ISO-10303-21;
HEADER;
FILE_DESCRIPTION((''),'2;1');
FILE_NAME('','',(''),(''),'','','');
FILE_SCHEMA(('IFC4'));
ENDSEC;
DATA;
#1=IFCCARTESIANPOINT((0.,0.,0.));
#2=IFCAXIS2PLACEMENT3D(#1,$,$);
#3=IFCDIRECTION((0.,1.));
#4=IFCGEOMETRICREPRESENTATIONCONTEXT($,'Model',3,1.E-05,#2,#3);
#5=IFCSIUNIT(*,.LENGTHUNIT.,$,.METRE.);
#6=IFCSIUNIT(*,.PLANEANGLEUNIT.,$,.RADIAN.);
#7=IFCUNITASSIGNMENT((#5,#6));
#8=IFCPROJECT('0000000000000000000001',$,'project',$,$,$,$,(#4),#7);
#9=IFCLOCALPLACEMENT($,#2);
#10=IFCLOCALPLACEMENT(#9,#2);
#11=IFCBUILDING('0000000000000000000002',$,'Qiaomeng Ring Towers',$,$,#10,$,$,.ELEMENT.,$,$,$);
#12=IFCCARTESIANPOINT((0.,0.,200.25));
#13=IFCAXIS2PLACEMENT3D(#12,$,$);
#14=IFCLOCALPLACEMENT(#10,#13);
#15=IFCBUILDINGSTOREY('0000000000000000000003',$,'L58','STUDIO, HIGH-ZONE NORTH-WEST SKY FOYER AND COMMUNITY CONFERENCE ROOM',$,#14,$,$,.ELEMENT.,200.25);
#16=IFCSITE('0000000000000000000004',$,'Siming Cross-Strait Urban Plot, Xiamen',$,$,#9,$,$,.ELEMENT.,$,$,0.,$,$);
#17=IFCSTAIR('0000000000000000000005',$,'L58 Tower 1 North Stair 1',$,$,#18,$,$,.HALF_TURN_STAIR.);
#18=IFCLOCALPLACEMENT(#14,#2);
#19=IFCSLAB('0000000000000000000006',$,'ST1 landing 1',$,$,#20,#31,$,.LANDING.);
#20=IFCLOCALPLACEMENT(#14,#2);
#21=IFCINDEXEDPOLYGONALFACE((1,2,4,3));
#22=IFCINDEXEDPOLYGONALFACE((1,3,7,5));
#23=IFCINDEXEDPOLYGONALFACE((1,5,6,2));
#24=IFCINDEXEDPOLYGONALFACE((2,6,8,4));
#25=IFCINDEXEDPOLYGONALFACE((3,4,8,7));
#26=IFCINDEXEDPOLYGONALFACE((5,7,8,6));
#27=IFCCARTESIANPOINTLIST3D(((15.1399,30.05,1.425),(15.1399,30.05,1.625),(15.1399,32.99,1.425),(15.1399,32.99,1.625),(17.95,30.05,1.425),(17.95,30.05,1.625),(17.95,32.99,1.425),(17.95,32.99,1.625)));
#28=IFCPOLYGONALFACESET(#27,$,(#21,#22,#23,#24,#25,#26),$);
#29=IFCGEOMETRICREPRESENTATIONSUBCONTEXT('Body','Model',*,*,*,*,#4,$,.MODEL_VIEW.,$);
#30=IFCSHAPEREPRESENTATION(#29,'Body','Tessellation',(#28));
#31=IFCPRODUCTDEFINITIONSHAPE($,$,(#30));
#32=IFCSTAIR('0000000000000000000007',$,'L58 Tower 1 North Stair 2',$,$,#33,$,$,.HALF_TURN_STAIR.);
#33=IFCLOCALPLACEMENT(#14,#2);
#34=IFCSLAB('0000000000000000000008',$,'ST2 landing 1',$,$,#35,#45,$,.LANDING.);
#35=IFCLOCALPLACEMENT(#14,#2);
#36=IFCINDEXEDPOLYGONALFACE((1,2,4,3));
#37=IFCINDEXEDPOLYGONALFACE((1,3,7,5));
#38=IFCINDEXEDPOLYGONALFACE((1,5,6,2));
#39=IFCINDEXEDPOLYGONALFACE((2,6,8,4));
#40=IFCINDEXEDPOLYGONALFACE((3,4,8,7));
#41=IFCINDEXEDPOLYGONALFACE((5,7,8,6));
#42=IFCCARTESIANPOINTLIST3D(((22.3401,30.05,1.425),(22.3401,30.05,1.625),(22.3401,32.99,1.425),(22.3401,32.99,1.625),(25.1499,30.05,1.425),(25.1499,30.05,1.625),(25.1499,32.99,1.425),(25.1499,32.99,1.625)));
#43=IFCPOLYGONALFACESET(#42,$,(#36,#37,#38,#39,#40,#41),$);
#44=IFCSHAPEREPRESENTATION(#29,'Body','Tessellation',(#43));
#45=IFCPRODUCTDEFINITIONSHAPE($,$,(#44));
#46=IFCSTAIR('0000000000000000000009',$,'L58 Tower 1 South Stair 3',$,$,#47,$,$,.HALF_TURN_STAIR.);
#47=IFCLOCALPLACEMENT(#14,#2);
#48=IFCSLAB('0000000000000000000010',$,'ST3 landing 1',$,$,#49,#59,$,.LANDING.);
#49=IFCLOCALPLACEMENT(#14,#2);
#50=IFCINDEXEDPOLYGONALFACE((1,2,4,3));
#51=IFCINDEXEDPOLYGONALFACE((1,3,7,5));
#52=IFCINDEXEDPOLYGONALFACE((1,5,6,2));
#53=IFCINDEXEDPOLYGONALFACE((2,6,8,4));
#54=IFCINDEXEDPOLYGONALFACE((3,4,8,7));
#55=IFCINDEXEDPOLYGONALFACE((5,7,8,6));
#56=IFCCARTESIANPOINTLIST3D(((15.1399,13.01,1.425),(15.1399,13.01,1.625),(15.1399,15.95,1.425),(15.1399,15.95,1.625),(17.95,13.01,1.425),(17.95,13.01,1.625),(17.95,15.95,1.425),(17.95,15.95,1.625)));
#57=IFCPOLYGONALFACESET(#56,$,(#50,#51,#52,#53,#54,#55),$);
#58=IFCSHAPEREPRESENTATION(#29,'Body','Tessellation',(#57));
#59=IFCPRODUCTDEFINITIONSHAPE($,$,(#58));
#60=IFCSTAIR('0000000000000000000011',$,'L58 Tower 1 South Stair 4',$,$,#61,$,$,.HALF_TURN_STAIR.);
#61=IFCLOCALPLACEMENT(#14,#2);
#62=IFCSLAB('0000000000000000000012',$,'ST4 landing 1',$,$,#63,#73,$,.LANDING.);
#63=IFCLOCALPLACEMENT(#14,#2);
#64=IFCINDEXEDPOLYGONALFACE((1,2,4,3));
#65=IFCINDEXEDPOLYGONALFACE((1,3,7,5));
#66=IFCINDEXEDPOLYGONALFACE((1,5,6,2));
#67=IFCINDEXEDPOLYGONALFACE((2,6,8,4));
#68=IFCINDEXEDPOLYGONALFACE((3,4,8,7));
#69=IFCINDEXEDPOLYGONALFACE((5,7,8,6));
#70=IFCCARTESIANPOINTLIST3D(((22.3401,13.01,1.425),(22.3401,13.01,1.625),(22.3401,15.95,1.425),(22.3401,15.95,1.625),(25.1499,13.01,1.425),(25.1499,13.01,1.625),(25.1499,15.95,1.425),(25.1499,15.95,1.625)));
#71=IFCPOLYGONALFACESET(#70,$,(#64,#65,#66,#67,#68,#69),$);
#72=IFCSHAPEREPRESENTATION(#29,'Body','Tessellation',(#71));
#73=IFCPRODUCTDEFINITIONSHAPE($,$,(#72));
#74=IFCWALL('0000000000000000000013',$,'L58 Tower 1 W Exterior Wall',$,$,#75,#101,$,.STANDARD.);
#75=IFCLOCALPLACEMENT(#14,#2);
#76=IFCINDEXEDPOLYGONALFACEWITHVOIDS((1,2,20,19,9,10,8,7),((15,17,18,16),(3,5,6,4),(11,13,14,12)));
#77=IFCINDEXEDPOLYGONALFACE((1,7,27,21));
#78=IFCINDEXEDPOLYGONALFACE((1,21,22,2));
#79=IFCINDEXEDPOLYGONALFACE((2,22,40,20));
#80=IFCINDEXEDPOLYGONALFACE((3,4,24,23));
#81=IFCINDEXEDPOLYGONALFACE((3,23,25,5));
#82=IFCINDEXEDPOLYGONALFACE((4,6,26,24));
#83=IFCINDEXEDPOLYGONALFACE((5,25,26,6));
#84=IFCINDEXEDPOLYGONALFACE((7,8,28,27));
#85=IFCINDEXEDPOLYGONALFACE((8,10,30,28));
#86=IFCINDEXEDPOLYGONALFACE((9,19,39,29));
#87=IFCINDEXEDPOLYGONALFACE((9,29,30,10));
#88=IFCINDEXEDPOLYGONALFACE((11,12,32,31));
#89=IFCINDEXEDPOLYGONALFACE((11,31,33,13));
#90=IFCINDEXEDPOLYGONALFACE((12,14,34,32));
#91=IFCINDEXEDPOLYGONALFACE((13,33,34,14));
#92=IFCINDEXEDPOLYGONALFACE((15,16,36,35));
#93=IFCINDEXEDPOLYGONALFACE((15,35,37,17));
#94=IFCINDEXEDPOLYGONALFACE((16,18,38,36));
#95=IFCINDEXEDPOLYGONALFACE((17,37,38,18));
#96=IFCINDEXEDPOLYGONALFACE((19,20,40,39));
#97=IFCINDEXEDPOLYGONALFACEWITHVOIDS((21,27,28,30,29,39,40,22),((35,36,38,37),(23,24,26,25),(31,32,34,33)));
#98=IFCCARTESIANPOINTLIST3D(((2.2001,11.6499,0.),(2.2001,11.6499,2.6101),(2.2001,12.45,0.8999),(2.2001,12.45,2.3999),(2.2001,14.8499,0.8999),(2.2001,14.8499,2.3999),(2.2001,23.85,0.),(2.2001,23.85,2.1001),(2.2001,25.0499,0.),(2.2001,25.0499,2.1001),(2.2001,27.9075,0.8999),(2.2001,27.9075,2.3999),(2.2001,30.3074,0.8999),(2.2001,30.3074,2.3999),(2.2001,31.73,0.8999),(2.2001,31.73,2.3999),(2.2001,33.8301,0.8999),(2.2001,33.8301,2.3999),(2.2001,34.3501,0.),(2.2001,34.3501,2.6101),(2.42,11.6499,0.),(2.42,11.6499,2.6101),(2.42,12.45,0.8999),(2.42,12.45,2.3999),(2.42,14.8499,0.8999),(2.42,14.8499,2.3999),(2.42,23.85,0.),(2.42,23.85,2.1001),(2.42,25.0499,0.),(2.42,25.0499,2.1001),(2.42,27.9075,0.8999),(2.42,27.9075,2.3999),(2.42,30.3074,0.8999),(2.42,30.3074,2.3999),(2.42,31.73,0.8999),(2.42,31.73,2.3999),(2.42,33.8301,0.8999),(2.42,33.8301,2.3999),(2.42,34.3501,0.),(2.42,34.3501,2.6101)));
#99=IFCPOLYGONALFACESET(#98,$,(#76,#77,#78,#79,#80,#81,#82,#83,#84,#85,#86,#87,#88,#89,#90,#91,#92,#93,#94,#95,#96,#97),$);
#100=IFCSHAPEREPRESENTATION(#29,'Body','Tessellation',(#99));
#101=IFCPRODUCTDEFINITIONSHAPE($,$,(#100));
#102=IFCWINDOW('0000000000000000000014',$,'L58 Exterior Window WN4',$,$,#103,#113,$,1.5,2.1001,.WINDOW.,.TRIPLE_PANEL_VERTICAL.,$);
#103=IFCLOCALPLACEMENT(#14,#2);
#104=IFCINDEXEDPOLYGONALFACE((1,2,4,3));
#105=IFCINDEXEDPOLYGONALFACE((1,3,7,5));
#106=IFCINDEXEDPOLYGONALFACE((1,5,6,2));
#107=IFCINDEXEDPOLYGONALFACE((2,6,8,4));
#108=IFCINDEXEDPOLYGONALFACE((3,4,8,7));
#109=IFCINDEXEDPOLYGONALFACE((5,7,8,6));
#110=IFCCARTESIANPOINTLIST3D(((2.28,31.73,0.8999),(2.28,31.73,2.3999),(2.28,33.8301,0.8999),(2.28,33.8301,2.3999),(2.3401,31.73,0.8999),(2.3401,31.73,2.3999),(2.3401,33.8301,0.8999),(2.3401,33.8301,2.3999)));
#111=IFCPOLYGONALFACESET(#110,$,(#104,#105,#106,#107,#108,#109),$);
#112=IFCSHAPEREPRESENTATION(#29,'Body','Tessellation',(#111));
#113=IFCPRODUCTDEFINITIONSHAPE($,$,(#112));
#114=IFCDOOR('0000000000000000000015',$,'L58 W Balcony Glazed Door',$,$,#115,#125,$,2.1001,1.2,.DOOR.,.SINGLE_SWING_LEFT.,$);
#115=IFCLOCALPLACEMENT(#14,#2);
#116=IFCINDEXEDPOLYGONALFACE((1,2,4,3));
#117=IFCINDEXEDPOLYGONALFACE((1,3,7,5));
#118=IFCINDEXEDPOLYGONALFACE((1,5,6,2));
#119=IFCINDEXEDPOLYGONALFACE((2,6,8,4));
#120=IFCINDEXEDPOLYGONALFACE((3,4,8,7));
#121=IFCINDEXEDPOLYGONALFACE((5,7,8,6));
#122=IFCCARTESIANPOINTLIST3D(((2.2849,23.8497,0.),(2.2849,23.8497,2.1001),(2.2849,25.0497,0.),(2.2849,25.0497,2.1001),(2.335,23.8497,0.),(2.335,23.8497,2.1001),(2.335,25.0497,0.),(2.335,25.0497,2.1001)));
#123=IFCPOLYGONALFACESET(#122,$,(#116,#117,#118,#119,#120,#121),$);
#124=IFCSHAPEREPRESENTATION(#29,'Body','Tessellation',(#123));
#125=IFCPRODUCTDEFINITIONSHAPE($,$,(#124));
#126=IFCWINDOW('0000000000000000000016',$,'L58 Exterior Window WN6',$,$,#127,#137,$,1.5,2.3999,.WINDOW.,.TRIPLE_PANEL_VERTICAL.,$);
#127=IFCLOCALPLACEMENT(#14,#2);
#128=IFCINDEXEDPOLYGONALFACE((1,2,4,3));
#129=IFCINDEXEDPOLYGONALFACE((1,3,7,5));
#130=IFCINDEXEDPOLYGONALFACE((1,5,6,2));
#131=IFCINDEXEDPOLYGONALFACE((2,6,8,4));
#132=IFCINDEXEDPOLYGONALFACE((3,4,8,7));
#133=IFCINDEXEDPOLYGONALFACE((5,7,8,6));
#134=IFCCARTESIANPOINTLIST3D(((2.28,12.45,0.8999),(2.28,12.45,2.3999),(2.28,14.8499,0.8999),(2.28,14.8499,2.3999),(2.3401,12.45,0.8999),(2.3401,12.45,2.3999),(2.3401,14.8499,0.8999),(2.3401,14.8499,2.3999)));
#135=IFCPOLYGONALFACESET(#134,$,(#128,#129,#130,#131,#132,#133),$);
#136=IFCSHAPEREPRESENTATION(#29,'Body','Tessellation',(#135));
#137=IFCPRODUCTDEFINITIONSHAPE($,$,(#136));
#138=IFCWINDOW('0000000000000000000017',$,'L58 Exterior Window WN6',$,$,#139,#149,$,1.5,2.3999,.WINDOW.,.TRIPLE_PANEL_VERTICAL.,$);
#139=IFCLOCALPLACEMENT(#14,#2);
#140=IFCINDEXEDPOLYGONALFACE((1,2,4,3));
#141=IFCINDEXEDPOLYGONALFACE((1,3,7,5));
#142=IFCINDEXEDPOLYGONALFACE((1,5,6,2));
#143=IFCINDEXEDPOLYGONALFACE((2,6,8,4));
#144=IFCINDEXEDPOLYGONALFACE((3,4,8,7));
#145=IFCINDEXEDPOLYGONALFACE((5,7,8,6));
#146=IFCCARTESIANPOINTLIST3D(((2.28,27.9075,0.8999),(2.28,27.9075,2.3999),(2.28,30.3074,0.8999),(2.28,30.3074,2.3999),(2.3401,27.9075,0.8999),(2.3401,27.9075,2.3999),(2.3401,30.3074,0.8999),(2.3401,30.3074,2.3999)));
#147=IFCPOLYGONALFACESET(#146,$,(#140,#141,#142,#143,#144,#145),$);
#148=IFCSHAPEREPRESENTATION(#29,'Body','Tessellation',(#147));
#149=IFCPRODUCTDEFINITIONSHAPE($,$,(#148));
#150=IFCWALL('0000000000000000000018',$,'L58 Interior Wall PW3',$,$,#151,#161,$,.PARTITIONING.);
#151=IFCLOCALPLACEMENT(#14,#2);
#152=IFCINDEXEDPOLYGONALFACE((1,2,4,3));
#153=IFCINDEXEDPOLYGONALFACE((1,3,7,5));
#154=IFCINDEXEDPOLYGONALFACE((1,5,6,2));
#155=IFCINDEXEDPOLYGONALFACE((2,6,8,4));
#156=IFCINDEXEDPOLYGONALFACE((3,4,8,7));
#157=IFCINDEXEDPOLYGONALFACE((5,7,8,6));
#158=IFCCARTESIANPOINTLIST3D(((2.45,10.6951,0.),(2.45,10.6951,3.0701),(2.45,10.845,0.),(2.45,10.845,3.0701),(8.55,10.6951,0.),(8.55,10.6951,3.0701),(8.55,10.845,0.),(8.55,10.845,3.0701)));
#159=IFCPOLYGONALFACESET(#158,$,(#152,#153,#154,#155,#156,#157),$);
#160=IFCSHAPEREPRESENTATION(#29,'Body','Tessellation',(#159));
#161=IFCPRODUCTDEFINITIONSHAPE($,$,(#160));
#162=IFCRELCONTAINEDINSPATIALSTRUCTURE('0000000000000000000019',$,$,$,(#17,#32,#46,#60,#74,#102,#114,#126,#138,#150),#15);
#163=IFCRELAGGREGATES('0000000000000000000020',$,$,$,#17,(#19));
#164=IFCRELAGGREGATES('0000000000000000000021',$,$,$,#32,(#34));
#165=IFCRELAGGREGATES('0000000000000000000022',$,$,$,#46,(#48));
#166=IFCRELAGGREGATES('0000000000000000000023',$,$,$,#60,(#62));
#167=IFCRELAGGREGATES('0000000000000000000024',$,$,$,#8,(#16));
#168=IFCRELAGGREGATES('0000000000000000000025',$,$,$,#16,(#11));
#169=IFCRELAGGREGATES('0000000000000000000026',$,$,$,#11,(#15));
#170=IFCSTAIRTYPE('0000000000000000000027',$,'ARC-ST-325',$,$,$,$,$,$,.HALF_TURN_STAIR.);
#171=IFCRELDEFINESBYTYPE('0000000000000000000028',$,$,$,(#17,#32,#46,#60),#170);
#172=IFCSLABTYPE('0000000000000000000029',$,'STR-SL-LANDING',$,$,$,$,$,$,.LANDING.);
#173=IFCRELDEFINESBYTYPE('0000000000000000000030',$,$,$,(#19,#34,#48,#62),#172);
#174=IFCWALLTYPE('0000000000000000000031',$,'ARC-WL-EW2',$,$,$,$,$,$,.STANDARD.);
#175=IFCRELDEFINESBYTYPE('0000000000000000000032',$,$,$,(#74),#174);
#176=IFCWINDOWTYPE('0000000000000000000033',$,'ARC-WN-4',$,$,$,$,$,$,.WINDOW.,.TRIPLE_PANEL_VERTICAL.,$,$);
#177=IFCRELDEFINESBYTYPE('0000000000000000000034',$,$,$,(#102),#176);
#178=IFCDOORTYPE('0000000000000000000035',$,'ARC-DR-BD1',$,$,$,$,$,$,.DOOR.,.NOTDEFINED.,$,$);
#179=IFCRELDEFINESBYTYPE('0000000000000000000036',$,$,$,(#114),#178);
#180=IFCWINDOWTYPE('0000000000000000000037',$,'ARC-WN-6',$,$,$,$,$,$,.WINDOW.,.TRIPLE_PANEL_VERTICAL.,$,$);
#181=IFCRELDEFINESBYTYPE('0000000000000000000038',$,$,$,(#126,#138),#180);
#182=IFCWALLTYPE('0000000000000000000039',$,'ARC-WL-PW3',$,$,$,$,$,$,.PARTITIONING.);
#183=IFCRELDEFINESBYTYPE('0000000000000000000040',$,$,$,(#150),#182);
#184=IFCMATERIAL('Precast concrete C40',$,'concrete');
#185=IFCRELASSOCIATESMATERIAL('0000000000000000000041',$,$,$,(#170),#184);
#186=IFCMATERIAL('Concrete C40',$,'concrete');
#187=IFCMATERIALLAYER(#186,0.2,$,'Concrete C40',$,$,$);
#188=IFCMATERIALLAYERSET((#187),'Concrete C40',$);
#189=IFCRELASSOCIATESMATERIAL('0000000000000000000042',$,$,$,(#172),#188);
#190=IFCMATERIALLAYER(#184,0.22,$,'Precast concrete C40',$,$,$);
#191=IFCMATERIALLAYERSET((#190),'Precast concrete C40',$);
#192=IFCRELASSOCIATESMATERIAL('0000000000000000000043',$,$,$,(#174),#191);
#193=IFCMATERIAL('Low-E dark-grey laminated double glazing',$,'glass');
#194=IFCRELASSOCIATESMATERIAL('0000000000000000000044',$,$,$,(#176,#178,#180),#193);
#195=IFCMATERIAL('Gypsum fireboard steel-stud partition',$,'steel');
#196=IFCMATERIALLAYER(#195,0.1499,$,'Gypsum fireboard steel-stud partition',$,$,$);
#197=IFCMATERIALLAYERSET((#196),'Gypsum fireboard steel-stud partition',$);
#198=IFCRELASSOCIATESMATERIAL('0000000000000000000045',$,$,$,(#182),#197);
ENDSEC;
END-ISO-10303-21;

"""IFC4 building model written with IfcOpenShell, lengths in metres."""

from ifc_helpers import new_model, si_unit, direction, frame, frame_2d, origin, place, context, subcontext, project, spatial, polyline, rectangle, outline, extrude, source, transform, mapped, material, layer, layer_set, type_object, element, fill, aggregate, save


model = new_model("IFC4")

# Units and contexts
model_context = context("Model", 3, precision=1e-05, world=origin(), true_north=direction((0.0, 1.0)))
body_context = subcontext(model_context, "Body", "Model", "MODEL_VIEW")
ifc_project = project(units=[si_unit("LENGTHUNIT", "METRE"), si_unit("PLANEANGLEUNIT", "RADIAN")], contexts=[model_context])

# Site, building, storey
site_placement = place(None, origin())
site = spatial("IfcSite", under=ifc_project, at=site_placement, Name="Siming Cross-Strait Urban Plot, Xiamen", CompositionType="ELEMENT", RefElevation=0.0)
building_placement = place(site_placement, origin())
building = spatial("IfcBuilding", under=site, at=building_placement, Name="Qiaomeng Ring Towers", CompositionType="ELEMENT")
storey_placement = place(building_placement, frame((0.0, 0.0, 200.25)))
storey = spatial("IfcBuildingStorey", under=building, at=storey_placement, Name="L58", Description="STUDIO, HIGH-ZONE NORTH-WEST SKY FOYER AND COMMUNITY CONFERENCE ROOM", CompositionType="ELEMENT", Elevation=200.25)

# Shared definitions
ifc_material_1 = material(Name="Concrete C40", Category="concrete")

# Stairs, slabs
ifc_material_2 = material(Name="Precast concrete C40", Category="concrete")
stair_type = type_object("IfcStairType", Name="ARC-ST-325", PredefinedType="HALF_TURN_STAIR", material=ifc_material_2)
stair_1_placement = place(storey_placement, origin())
stair_1 = element("IfcStair", 1, at=stair_1_placement, inside=storey, type_object=stair_type, Name="L58 Tower 1 North Stair 1", PredefinedType="HALF_TURN_STAIR")
ifc_layer_1 = layer(ifc_material_1, 0.2, Name="Concrete C40")
ifc_layer_set_1 = layer_set([ifc_layer_1], Name="Concrete C40")
slab_type_1 = type_object("IfcSlabType", Name="STR-SL-LANDING", PredefinedType="LANDING", material=ifc_layer_set_1)
slab_1_placement = place(storey_placement, frame((0.0, 0.0, 1.425)))
slab_1 = element("IfcSlab", 2, at=slab_1_placement, type_object=slab_type_1, Name="ST1 landing 1", PredefinedType="LANDING", context=body_context, shape_type="SweptSolid", body=[
    extrude(outline(polyline([(15.1399, 30.05), (17.95, 30.05), (17.95, 32.99), (15.1399, 32.99), (15.1399, 30.05)])), origin(), (0.0, 0.0, 1.0), 0.2),
])
aggregate(stair_1, [slab_1])
stair_2_placement = place(storey_placement, origin())
stair_2 = element("IfcStair", 3, at=stair_2_placement, inside=storey, type_object=stair_type, Name="L58 Tower 1 North Stair 2", PredefinedType="HALF_TURN_STAIR")
slab_2_placement = place(storey_placement, frame((0.0, 0.0, 1.425)))
slab_2 = element("IfcSlab", 4, at=slab_2_placement, type_object=slab_type_1, Name="ST2 landing 1", PredefinedType="LANDING", context=body_context, shape_type="SweptSolid", body=[
    extrude(outline(polyline([(22.3401, 30.05), (25.1499, 30.05), (25.1499, 32.99), (22.3401, 32.99), (22.3401, 30.05)])), origin(), (0.0, 0.0, 1.0), 0.2),
])
aggregate(stair_2, [slab_2])
stair_3_placement = place(storey_placement, origin())
stair_3 = element("IfcStair", 5, at=stair_3_placement, inside=storey, type_object=stair_type, Name="L58 Tower 1 South Stair 3", PredefinedType="HALF_TURN_STAIR")
slab_3_placement = place(storey_placement, frame((0.0, 0.0, 1.425)))
slab_3 = element("IfcSlab", 6, at=slab_3_placement, type_object=slab_type_1, Name="ST3 landing 1", PredefinedType="LANDING", context=body_context, shape_type="SweptSolid", body=[
    extrude(outline(polyline([(15.1399, 13.01), (17.95, 13.01), (17.95, 15.95), (15.1399, 15.95), (15.1399, 13.01)])), origin(), (0.0, 0.0, 1.0), 0.2),
])
aggregate(stair_3, [slab_3])
stair_4_placement = place(storey_placement, origin())
stair_4 = element("IfcStair", 7, at=stair_4_placement, inside=storey, type_object=stair_type, Name="L58 Tower 1 South Stair 4", PredefinedType="HALF_TURN_STAIR")
slab_4_placement = place(storey_placement, frame((0.0, 0.0, 1.425)))
slab_4 = element("IfcSlab", 8, at=slab_4_placement, type_object=slab_type_1, Name="ST4 landing 1", PredefinedType="LANDING", context=body_context, shape_type="SweptSolid", body=[
    extrude(outline(polyline([(22.3401, 13.01), (25.1499, 13.01), (25.1499, 15.95), (22.3401, 15.95), (22.3401, 13.01)])), origin(), (0.0, 0.0, 1.0), 0.2),
])
aggregate(stair_4, [slab_4])

# Wall, openings, windows, door
ifc_layer_2 = layer(ifc_material_2, 0.22, Name="Precast concrete C40")
ifc_layer_set_2 = layer_set([ifc_layer_2], Name="Precast concrete C40")
wall_type_1 = type_object("IfcWallType", Name="ARC-WL-EW2", PredefinedType="STANDARD", material=ifc_layer_set_2)
wall_1_placement = place(storey_placement, frame((2.3101, 11.6499, 0.0), z_axis=(0.0, 0.0, 1.0), x_axis=(0.0, 1.0, 0.0)))
wall_1 = element("IfcWall", 9, at=wall_1_placement, inside=storey, type_object=wall_type_1, Name="L58 Tower 1 W Exterior Wall", PredefinedType="STANDARD", context=body_context, shape_type="SweptSolid", body=[
    extrude(rectangle(XDim=22.7002, YDim=0.22, at=frame_2d((11.3501, 0.0))), origin(), (0.0, 0.0, 1.0), 2.6101),
])
opening_1_placement = place(wall_1_placement, frame((12.2, 0.0, 0.0)))
opening_1 = element("IfcOpeningElement", 10, at=opening_1_placement, cuts=wall_1, PredefinedType="OPENING", context=body_context, shape_type="SweptSolid", body=[
    extrude(rectangle(XDim=1.2, YDim=2.1001, at=frame_2d((0.6001, 1.05))), frame((0.0, 0.1199, 0.0), z_axis=(0.0, -1.0, 0.0), x_axis=(1.0, 0.0, 0.0)), (0.0, 0.0, 1.0), 0.24),
])
opening_2_placement = place(wall_1_placement, frame((0.8, 0.0, 0.8999)))
opening_2 = element("IfcOpeningElement", 11, at=opening_2_placement, cuts=wall_1, PredefinedType="OPENING", context=body_context, shape_type="SweptSolid", body=[
    extrude(rectangle(XDim=2.3999, YDim=1.5, at=frame_2d((1.2, 0.75))), frame((0.0, 0.1199, 0.0), z_axis=(0.0, -1.0, 0.0), x_axis=(1.0, 0.0, 0.0)), (0.0, 0.0, 1.0), 0.24),
])
opening_3_placement = place(wall_1_placement, frame((20.0801, 0.0, 0.8999)))
opening_3 = element("IfcOpeningElement", 12, at=opening_3_placement, cuts=wall_1, PredefinedType="OPENING", context=body_context, shape_type="SweptSolid", body=[
    extrude(rectangle(XDim=2.1001, YDim=1.5, at=frame_2d((1.05, 0.75))), frame((0.0, 0.1199, 0.0), z_axis=(0.0, -1.0, 0.0), x_axis=(1.0, 0.0, 0.0)), (0.0, 0.0, 1.0), 0.24),
])
opening_4_placement = place(wall_1_placement, frame((16.2576, 0.0, 0.8999)))
opening_4 = element("IfcOpeningElement", 13, at=opening_4_placement, cuts=wall_1, PredefinedType="OPENING", context=body_context, shape_type="SweptSolid", body=[
    extrude(rectangle(XDim=2.3999, YDim=1.5, at=frame_2d((1.2, 0.75))), frame((0.0, 0.1199, 0.0), z_axis=(0.0, -1.0, 0.0), x_axis=(1.0, 0.0, 0.0)), (0.0, 0.0, 1.0), 0.24),
])
ifc_material_3 = material(Name="Low-E dark-grey laminated double glazing", Category="glass")
window_type_1 = type_object("IfcWindowType", Name="ARC-WN-4", PartitioningType="TRIPLE_PANEL_VERTICAL", PredefinedType="WINDOW", material=ifc_material_3)
shared_shape_1 = source(origin(), body_context, "Body", "SweptSolid", [
    extrude(rectangle(XDim=2.1001, YDim=1.5, at=frame_2d((1.05, 0.75))), frame((0.0, 0.03, 0.0), z_axis=(0.0, -1.0, 0.0), x_axis=(1.0, 0.0, 0.0)), (0.0, 0.0, 1.0), 0.0601),
])
window_1_placement = place(opening_3_placement, origin())
window_1 = element("IfcWindow", 14, at=window_1_placement, inside=storey, type_object=window_type_1, Name="L58 Exterior Window WN4", OverallHeight=1.5, OverallWidth=2.1001, PartitioningType="TRIPLE_PANEL_VERTICAL", PredefinedType="WINDOW", context=body_context, shape_type="MappedRepresentation", body=[
    mapped(shared_shape_1, transform((0.0, 0.0, 0.0), x_axis=(1.0, 0.0, 0.0), y_axis=(0.0, 1.0, 0.0), z_axis=(0.0, 0.0, 1.0), scale=1.0)),
])
fill(opening_3, window_1)
door_type = type_object("IfcDoorType", Name="ARC-DR-BD1", OperationType="NOTDEFINED", PredefinedType="DOOR", material=ifc_material_3)
shared_shape_2 = source(origin(), body_context, "Body", "SweptSolid", [
    extrude(rectangle(XDim=1.2, YDim=2.1001, at=frame_2d((0.6001, 1.05))), frame((0.0, 0.0249, 0.0), z_axis=(0.0, -1.0, 0.0), x_axis=(1.0, 0.0, 0.0)), (0.0, 0.0, 1.0), 0.05),
])
door_placement = place(opening_1_placement, frame((1.2, 0.0, 0.0), z_axis=(0.0, 0.0, 1.0), x_axis=(-1.0, 0.0, 0.0)))
door = element("IfcDoor", 15, at=door_placement, inside=storey, type_object=door_type, Name="L58 W Balcony Glazed Door", OperationType="SINGLE_SWING_LEFT", OverallHeight=2.1001, OverallWidth=1.2, PredefinedType="DOOR", context=body_context, shape_type="MappedRepresentation", body=[
    mapped(shared_shape_2, transform((0.0, 0.0, 0.0), x_axis=(1.0, 0.0, 0.0), y_axis=(0.0, 1.0, 0.0), z_axis=(0.0, 0.0, 1.0), scale=1.0)),
])
fill(opening_1, door)
window_type_2 = type_object("IfcWindowType", Name="ARC-WN-6", PartitioningType="TRIPLE_PANEL_VERTICAL", PredefinedType="WINDOW", material=ifc_material_3)
shared_shape_3 = source(origin(), body_context, "Body", "SweptSolid", [
    extrude(rectangle(XDim=2.3999, YDim=1.5, at=frame_2d((1.2, 0.75))), frame((0.0, 0.03, 0.0), z_axis=(0.0, -1.0, 0.0), x_axis=(1.0, 0.0, 0.0)), (0.0, 0.0, 1.0), 0.0601),
])
window_2_placement = place(opening_2_placement, origin())
window_2 = element("IfcWindow", 16, at=window_2_placement, inside=storey, type_object=window_type_2, Name="L58 Exterior Window WN6", OverallHeight=1.5, OverallWidth=2.3999, PartitioningType="TRIPLE_PANEL_VERTICAL", PredefinedType="WINDOW", context=body_context, shape_type="MappedRepresentation", body=[
    mapped(shared_shape_3, transform((0.0, 0.0, 0.0), x_axis=(1.0, 0.0, 0.0), y_axis=(0.0, 1.0, 0.0), z_axis=(0.0, 0.0, 1.0), scale=1.0)),
])
fill(opening_2, window_2)
window_3_placement = place(opening_4_placement, origin())
window_3 = element("IfcWindow", 17, at=window_3_placement, inside=storey, type_object=window_type_2, Name="L58 Exterior Window WN6", OverallHeight=1.5, OverallWidth=2.3999, PartitioningType="TRIPLE_PANEL_VERTICAL", PredefinedType="WINDOW", context=body_context, shape_type="MappedRepresentation", body=[
    mapped(shared_shape_3, transform((0.0, 0.0, 0.0), x_axis=(1.0, 0.0, 0.0), y_axis=(0.0, 1.0, 0.0), z_axis=(0.0, 0.0, 1.0), scale=1.0)),
])
fill(opening_4, window_3)

# Wall
ifc_material_4 = material(Name="Gypsum fireboard steel-stud partition", Category="steel")
ifc_layer_3 = layer(ifc_material_4, 0.1499, Name="Gypsum fireboard steel-stud partition")
ifc_layer_set_3 = layer_set([ifc_layer_3], Name="Gypsum fireboard steel-stud partition")
wall_type_2 = type_object("IfcWallType", Name="ARC-WL-PW3", PredefinedType="PARTITIONING", material=ifc_layer_set_3)
wall_2_placement = place(storey_placement, frame((2.45, 10.77, 0.0), z_axis=(0.0, 0.0, 1.0), x_axis=(1.0, 0.0, 0.0)))
element("IfcWall", 18, at=wall_2_placement, inside=storey, type_object=wall_type_2, Name="L58 Interior Wall PW3", PredefinedType="PARTITIONING", context=body_context, shape_type="SweptSolid", body=[
    extrude(rectangle(XDim=6.1001, YDim=0.1499, at=frame_2d((3.05, 0.0))), origin(), (0.0, 0.0, 1.0), 3.0701),
])

save(model, "model.ifc")
